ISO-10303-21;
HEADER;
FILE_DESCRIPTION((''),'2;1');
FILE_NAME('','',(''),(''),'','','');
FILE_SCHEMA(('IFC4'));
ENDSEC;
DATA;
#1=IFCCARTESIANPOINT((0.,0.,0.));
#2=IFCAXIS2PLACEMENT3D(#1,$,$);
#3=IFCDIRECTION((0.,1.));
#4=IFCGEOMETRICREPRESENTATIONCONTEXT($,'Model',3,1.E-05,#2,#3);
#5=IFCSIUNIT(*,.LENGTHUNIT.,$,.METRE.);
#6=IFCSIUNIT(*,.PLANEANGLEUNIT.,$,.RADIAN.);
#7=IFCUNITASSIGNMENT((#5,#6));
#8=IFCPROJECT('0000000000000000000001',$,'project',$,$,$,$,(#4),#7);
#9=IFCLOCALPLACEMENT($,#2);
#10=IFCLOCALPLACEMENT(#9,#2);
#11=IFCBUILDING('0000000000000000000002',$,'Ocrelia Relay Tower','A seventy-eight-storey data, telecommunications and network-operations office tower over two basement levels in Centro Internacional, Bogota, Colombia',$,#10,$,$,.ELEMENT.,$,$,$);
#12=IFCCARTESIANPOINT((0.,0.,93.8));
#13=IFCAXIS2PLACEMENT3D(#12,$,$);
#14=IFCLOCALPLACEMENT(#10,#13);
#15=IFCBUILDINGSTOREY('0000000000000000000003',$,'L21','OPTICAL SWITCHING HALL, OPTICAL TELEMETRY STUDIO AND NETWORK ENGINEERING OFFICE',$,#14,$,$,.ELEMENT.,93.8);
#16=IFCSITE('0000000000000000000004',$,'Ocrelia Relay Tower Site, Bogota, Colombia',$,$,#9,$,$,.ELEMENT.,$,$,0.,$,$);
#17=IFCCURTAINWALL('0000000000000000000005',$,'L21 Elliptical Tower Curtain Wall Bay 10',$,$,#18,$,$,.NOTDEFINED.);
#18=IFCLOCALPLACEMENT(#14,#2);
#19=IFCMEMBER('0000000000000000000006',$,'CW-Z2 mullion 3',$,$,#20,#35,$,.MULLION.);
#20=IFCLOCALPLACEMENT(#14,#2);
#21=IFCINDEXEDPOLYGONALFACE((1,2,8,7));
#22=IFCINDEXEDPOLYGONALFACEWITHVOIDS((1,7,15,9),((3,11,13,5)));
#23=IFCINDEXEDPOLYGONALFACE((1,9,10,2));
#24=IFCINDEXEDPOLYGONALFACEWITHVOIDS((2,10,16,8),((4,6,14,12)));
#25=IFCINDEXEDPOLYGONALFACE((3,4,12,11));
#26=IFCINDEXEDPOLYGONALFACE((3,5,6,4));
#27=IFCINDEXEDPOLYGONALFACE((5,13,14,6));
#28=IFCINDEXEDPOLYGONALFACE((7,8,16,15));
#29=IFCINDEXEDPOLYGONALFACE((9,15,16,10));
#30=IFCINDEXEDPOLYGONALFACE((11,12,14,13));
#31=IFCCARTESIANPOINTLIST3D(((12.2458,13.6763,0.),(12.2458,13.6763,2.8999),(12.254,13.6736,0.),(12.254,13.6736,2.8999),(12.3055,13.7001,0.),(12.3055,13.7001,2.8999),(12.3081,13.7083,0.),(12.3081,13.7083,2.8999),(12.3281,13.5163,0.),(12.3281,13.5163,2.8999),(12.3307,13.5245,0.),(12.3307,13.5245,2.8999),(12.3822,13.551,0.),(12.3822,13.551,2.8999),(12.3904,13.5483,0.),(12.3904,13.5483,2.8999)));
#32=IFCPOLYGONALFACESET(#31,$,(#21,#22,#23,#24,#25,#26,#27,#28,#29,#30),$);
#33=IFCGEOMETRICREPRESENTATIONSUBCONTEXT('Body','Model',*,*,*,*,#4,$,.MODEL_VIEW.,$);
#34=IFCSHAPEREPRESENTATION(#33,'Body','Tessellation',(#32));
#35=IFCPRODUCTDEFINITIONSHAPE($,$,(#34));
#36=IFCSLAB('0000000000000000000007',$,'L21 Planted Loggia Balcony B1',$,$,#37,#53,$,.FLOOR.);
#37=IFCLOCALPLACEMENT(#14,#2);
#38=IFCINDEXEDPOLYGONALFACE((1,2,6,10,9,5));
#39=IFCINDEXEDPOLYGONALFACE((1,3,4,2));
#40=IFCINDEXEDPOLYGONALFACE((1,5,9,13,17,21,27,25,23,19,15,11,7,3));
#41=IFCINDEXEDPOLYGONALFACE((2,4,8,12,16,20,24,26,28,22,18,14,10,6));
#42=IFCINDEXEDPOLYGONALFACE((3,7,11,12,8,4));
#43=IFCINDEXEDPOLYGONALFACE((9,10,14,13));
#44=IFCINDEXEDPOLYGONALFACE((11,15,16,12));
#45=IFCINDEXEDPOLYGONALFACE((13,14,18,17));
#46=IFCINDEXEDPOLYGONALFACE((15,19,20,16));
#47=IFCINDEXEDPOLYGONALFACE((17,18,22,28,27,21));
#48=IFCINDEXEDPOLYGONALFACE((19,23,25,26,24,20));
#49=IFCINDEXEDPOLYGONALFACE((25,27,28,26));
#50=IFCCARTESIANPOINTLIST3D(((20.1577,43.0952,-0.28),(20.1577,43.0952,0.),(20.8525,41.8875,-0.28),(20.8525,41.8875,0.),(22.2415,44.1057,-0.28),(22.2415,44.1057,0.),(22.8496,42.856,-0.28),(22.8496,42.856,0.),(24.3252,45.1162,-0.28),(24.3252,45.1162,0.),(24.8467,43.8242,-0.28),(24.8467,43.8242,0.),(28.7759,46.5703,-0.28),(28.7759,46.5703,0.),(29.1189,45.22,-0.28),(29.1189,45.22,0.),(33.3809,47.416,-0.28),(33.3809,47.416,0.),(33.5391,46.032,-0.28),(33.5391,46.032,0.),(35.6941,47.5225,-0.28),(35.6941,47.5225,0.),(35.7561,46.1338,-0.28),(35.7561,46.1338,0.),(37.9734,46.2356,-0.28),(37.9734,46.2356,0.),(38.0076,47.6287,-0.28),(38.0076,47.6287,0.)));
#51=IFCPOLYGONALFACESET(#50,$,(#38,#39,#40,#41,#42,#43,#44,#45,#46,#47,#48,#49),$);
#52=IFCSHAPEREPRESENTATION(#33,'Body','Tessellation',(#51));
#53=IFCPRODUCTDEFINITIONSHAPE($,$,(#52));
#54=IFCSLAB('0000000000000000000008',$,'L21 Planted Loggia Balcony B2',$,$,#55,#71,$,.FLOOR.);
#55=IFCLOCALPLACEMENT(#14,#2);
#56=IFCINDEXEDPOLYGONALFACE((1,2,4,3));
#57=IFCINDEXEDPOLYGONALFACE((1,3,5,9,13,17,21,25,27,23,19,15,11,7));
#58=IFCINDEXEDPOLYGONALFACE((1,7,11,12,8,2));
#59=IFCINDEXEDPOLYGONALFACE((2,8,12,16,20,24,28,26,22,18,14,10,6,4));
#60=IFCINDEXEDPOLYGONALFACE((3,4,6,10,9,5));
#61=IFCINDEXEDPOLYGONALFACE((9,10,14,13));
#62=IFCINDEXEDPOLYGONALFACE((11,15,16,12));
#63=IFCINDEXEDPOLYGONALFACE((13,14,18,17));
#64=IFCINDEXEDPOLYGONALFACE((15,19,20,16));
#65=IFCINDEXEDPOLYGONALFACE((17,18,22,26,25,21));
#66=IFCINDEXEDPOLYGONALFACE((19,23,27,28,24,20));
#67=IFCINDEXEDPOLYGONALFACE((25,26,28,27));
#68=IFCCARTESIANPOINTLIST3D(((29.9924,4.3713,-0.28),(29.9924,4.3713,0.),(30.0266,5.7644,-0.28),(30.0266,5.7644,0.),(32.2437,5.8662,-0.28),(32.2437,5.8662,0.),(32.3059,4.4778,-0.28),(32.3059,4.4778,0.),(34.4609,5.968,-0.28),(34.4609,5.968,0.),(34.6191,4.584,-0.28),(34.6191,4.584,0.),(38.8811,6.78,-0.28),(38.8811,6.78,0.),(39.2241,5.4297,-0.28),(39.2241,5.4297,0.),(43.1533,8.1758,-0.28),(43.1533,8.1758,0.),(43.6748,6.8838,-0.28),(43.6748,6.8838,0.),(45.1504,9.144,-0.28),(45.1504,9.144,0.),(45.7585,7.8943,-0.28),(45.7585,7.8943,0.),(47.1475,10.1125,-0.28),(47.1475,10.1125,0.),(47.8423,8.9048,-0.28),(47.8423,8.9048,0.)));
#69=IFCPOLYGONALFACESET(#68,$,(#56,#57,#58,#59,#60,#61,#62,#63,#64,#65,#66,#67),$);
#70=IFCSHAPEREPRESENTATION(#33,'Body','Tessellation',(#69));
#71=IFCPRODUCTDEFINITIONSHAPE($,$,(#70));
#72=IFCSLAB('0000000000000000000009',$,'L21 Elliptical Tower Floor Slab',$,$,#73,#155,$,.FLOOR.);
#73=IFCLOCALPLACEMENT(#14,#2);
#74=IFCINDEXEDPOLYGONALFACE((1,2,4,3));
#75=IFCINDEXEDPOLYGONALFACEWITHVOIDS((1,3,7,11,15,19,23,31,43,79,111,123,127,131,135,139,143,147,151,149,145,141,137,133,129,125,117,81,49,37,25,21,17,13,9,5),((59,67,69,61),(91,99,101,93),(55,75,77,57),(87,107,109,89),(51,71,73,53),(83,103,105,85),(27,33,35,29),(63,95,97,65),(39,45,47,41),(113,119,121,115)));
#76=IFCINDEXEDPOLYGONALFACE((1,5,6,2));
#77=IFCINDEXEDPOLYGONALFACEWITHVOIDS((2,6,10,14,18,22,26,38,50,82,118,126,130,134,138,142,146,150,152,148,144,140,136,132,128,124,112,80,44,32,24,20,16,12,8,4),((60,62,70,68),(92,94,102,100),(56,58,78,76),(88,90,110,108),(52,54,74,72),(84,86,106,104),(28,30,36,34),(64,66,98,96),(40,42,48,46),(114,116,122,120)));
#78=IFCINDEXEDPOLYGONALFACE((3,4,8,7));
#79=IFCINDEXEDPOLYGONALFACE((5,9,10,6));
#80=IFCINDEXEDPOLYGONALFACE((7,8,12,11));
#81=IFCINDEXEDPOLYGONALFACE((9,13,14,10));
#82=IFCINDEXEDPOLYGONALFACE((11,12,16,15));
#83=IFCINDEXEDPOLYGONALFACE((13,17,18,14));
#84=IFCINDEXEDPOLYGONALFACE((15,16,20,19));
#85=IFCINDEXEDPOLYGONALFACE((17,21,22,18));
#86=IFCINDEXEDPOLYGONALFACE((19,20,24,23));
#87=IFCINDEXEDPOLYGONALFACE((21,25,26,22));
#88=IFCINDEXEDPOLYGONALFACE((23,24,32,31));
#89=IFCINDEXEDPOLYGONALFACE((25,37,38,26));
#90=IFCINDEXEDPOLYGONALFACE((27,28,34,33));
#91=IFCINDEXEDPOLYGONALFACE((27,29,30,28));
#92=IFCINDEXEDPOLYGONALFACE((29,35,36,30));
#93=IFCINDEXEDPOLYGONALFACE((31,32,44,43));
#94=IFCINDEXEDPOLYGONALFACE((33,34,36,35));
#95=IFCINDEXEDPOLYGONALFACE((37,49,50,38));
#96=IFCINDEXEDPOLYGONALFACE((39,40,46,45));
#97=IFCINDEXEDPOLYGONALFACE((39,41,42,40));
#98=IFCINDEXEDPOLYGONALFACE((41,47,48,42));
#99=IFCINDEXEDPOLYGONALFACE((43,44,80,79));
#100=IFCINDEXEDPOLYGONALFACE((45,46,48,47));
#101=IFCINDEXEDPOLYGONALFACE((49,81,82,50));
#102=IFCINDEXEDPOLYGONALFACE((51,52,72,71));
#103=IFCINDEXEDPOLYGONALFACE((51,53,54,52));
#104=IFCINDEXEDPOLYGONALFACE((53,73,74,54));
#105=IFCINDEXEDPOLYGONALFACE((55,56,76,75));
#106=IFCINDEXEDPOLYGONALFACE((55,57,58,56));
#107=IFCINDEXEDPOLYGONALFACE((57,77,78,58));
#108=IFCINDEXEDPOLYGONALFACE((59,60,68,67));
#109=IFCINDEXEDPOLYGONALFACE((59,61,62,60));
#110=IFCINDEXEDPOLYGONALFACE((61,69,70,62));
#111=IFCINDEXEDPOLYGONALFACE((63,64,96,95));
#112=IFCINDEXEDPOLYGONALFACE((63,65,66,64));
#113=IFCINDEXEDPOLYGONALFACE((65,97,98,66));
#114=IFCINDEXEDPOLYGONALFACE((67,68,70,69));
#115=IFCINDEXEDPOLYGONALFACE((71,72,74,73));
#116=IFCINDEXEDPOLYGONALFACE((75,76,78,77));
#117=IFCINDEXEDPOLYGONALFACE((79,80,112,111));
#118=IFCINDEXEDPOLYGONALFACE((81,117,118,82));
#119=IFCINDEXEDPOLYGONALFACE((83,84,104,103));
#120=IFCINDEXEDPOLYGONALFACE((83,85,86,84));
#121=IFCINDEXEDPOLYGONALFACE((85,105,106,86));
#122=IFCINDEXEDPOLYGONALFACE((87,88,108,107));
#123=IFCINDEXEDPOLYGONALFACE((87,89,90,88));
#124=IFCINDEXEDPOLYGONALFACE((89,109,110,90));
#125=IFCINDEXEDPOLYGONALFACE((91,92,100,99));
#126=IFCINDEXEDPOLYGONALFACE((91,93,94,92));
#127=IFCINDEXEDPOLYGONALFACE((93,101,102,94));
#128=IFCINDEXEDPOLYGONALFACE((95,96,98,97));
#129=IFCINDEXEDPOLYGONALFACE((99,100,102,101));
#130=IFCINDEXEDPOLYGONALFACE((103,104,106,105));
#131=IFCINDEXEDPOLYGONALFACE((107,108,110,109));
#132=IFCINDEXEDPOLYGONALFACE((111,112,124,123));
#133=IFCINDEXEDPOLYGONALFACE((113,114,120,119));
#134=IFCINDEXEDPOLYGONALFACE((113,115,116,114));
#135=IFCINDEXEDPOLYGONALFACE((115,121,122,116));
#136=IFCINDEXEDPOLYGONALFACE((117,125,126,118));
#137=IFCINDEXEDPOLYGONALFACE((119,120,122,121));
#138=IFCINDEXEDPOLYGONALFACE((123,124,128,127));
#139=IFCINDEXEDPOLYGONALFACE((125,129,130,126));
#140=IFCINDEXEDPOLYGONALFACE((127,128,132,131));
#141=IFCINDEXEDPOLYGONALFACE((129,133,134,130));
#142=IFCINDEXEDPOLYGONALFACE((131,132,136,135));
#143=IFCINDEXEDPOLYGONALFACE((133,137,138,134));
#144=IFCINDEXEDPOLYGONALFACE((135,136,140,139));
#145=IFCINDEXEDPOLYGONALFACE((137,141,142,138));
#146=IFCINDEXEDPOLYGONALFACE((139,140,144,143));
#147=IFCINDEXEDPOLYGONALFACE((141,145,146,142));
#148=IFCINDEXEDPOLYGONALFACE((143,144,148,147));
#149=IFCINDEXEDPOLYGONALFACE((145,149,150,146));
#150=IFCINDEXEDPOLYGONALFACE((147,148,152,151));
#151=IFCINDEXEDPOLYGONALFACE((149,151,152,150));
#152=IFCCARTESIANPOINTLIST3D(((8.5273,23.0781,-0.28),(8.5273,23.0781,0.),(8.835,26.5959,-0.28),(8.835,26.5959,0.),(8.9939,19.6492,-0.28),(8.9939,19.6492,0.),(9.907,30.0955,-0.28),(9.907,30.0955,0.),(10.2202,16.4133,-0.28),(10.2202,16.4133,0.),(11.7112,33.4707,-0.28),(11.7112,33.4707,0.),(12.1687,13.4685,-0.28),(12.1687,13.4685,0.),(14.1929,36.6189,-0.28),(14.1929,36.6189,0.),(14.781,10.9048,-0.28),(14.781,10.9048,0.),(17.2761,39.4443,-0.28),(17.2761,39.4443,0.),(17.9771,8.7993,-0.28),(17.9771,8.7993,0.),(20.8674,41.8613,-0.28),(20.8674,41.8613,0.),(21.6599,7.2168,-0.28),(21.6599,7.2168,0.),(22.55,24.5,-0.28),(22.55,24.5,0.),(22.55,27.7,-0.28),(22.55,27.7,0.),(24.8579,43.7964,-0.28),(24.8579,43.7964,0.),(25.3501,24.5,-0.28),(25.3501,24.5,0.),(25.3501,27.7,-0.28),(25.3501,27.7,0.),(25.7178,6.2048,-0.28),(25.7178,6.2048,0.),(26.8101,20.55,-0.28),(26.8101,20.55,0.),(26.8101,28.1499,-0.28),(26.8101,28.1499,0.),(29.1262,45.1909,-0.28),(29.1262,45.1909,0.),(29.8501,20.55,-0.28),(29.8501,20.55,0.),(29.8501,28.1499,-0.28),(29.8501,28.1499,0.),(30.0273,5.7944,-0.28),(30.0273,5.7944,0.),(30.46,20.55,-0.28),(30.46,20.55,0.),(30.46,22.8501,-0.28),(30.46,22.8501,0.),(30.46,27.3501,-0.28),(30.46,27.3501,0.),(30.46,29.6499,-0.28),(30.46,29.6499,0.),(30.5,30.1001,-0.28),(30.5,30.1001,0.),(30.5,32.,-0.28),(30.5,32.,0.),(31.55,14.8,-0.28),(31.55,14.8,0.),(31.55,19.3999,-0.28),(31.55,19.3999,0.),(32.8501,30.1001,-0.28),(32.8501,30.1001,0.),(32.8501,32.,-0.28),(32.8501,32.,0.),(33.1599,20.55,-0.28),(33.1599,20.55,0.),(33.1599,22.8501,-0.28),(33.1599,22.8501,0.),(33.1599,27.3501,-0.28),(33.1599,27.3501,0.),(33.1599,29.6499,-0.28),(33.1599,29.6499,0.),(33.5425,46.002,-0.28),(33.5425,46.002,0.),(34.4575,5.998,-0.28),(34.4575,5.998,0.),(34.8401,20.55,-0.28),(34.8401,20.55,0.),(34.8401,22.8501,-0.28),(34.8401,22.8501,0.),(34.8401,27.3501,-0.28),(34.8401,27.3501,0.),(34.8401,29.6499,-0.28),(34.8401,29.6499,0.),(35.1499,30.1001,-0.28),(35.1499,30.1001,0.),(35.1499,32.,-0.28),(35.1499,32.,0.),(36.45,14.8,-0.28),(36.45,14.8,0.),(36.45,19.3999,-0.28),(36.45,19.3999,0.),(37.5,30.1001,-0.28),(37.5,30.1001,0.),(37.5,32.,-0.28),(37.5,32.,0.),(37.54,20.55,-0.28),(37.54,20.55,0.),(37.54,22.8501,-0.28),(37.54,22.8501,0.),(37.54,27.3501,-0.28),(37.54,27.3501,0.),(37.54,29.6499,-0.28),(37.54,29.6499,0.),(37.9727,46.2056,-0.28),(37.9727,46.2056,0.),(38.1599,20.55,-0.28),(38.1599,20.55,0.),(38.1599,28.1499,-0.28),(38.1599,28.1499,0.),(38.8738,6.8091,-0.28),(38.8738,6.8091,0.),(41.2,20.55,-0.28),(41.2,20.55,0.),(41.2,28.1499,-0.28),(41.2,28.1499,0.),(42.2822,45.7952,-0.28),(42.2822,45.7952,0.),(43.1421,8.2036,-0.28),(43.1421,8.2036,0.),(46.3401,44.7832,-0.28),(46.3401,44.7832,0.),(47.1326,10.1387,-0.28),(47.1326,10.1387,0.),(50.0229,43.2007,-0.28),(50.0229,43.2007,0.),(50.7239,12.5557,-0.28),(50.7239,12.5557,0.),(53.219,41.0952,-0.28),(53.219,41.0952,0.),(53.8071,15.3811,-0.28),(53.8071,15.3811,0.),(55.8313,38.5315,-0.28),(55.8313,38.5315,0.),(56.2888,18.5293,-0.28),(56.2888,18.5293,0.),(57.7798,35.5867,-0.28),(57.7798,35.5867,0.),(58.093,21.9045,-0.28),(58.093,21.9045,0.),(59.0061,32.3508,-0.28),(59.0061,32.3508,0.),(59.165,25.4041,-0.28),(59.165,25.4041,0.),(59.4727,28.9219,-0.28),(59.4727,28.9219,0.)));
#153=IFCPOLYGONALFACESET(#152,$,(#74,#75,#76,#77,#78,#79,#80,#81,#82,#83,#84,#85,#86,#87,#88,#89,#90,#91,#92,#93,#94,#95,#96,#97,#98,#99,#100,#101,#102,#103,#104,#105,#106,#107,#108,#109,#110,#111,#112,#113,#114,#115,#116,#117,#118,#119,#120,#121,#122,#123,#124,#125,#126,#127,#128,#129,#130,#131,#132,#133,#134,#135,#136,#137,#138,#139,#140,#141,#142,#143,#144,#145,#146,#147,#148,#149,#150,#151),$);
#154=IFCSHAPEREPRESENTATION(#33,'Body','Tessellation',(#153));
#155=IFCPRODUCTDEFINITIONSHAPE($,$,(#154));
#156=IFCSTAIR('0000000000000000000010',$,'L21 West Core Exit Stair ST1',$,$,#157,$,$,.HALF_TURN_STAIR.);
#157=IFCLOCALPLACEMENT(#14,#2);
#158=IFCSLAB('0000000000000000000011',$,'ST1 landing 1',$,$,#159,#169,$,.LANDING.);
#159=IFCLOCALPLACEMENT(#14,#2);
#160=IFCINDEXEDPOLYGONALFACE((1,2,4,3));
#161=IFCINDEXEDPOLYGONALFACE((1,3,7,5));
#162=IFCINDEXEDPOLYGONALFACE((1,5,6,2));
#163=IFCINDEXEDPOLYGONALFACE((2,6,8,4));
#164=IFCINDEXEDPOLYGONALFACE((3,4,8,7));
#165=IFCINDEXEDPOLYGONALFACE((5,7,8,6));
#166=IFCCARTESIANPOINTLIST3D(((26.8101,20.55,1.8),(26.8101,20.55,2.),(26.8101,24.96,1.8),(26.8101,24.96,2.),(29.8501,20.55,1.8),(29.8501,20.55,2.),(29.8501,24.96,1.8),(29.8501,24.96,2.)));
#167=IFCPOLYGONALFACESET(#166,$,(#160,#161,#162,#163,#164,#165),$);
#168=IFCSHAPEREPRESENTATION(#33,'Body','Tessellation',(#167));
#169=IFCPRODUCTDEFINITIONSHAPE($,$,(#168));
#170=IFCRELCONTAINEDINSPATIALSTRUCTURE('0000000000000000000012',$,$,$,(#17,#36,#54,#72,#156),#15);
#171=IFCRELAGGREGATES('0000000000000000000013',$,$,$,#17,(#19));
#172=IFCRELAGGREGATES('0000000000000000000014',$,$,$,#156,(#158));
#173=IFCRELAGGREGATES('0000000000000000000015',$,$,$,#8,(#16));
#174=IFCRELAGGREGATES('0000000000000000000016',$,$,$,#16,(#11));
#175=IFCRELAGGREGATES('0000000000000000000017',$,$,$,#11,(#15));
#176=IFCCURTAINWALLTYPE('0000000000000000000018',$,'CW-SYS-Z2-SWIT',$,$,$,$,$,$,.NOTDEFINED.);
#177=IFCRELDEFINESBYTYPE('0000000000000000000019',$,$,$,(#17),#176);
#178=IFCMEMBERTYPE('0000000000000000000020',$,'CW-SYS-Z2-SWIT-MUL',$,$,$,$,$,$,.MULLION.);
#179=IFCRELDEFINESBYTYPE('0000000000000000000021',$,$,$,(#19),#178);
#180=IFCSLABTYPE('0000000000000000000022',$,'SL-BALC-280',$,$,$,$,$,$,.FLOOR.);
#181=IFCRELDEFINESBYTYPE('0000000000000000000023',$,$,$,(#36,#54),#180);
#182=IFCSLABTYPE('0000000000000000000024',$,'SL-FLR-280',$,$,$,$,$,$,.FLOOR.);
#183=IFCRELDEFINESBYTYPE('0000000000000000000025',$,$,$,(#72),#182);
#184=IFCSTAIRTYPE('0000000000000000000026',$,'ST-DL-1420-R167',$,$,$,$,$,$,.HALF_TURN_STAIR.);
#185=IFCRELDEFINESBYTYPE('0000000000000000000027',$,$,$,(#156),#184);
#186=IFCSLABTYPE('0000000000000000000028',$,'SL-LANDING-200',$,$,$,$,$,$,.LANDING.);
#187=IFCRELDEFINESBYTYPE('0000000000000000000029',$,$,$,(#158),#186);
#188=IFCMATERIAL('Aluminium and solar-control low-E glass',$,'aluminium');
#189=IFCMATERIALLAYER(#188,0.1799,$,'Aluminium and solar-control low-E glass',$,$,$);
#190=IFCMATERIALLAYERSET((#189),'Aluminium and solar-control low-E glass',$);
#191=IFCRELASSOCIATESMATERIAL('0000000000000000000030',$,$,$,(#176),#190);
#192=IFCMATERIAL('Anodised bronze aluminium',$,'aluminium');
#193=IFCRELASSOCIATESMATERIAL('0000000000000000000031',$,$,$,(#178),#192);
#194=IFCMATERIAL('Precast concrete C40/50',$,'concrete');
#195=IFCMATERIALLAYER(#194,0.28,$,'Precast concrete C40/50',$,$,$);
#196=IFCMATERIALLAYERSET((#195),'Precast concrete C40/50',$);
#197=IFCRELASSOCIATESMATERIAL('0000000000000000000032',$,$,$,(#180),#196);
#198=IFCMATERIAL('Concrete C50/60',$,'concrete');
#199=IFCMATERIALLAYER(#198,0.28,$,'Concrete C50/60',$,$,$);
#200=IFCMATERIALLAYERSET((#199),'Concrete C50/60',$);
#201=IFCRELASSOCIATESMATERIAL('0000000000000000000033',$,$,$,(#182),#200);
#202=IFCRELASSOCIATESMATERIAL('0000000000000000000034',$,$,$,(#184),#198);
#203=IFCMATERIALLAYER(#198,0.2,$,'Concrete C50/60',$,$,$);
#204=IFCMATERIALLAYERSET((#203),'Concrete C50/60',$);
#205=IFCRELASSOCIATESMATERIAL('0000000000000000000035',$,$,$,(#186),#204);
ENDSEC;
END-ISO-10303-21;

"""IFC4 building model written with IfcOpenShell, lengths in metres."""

from ifc_helpers import new_model, si_unit, direction, frame, origin, origin_2d, place, context, subcontext, project, spatial, polyline, hollow_rectangle, outline, extrude, material, layer, layer_set, material_profile, profile_set, type_object, element, aggregate, save


model = new_model("IFC4")

# Units and contexts
model_context = context("Model", 3, precision=1e-05, world=origin(), true_north=direction((0.0, 1.0)))
body_context = subcontext(model_context, "Body", "Model", "MODEL_VIEW")
ifc_project = project(units=[si_unit("LENGTHUNIT", "METRE"), si_unit("PLANEANGLEUNIT", "RADIAN")], contexts=[model_context])

# Site, building, storey
site_placement = place(None, origin())
site = spatial("IfcSite", under=ifc_project, at=site_placement, Name="Ocrelia Relay Tower Site, Bogota, Colombia", CompositionType="ELEMENT", RefElevation=0.0)
building_placement = place(site_placement, origin())
building = spatial("IfcBuilding", under=site, at=building_placement, Name="Ocrelia Relay Tower", Description="A seventy-eight-storey data, telecommunications and network-operations office tower over two basement levels in Centro Internacional, Bogota, Colombia", CompositionType="ELEMENT")
storey_placement = place(building_placement, frame((0.0, 0.0, 93.8)))
storey = spatial("IfcBuildingStorey", under=building, at=storey_placement, Name="L21", Description="OPTICAL SWITCHING HALL, OPTICAL TELEMETRY STUDIO AND NETWORK ENGINEERING OFFICE", CompositionType="ELEMENT", Elevation=93.8)

# Curtain wall, member
ifc_material_1 = material(Name="Aluminium and solar-control low-E glass", Category="aluminium")
ifc_layer_1 = layer(ifc_material_1, 0.1799, Name="Aluminium and solar-control low-E glass")
ifc_layer_set_1 = layer_set([ifc_layer_1], Name="Aluminium and solar-control low-E glass")
curtain_wall_type = type_object("IfcCurtainWallType", Name="CW-SYS-Z2-SWIT", PredefinedType="NOTDEFINED", material=ifc_layer_set_1)
curtain_wall_placement = place(storey_placement, origin())
curtain_wall = element("IfcCurtainWall", 1, at=curtain_wall_placement, inside=storey, type_object=curtain_wall_type, Name="L21 Elliptical Tower Curtain Wall Bay 10", PredefinedType="NOTDEFINED")
ifc_material_2 = material(Name="Anodised bronze aluminium", Category="aluminium")
ifc_material_profile = material_profile(ifc_material_2, hollow_rectangle(XDim=0.0701, YDim=0.1799, WallThickness=0.0061, at=origin_2d()), Name="CW-MUL-180x70")
ifc_profile_set = profile_set([ifc_material_profile], Name="Anodised bronze aluminium")
member_type = type_object("IfcMemberType", Name="CW-SYS-Z2-SWIT-MUL", PredefinedType="MULLION", material=ifc_profile_set)
member_placement = place(storey_placement, frame((12.3181, 13.6123, 0.0), z_axis=(0.0, 0.0, 1.0), x_axis=(0.889261, 0.457401, 0.0)))
member = element("IfcMember", 2, at=member_placement, type_object=member_type, Name="CW-Z2 mullion 3", PredefinedType="MULLION", context=body_context, shape_type="SweptSolid", body=[
    extrude(hollow_rectangle(XDim=0.0701, YDim=0.1799, WallThickness=0.0061, at=origin_2d()), origin(), (0.0, 0.0, 1.0), 2.8999),
])
aggregate(curtain_wall, [member])

# Slabs
ifc_material_3 = material(Name="Precast concrete C40/50", Category="concrete")
ifc_layer_2 = layer(ifc_material_3, 0.28, Name="Precast concrete C40/50")
ifc_layer_set_2 = layer_set([ifc_layer_2], Name="Precast concrete C40/50")
slab_type_1 = type_object("IfcSlabType", Name="SL-BALC-280", PredefinedType="FLOOR", material=ifc_layer_set_2)
slab_1_placement = place(storey_placement, frame((0.0, 0.0, -0.28)))
element("IfcSlab", 3, at=slab_1_placement, inside=storey, type_object=slab_type_1, Name="L21 Planted Loggia Balcony B1", PredefinedType="FLOOR", context=body_context, shape_type="SweptSolid", body=[
    extrude(outline(polyline([(37.9734, 46.2356), (35.7561, 46.1338), (33.5391, 46.032), (29.1189, 45.22), (24.8467, 43.8242), (22.8496, 42.856), (20.8525, 41.8875), (20.1577, 43.0952), (22.2415, 44.1057), (24.3252, 45.1162), (28.7759, 46.5703), (33.3809, 47.416), (35.6941, 47.5225), (38.0076, 47.6287), (37.9734, 46.2356)])), origin(), (0.0, 0.0, 1.0), 0.28),
])
slab_2_placement = place(storey_placement, frame((0.0, 0.0, -0.28)))
element("IfcSlab", 4, at=slab_2_placement, inside=storey, type_object=slab_type_1, Name="L21 Planted Loggia Balcony B2", PredefinedType="FLOOR", context=body_context, shape_type="SweptSolid", body=[
    extrude(outline(polyline([(30.0266, 5.7644), (32.2437, 5.8662), (34.4609, 5.968), (38.8811, 6.78), (43.1533, 8.1758), (45.1504, 9.144), (47.1475, 10.1125), (47.8423, 8.9048), (45.7585, 7.8943), (43.6748, 6.8838), (39.2241, 5.4297), (34.6191, 4.584), (32.3059, 4.4778), (29.9924, 4.3713), (30.0266, 5.7644)])), origin(), (0.0, 0.0, 1.0), 0.28),
])
ifc_material_4 = material(Name="Concrete C50/60", Category="concrete")
ifc_layer_3 = layer(ifc_material_4, 0.28, Name="Concrete C50/60")
ifc_layer_set_3 = layer_set([ifc_layer_3], Name="Concrete C50/60")
slab_type_2 = type_object("IfcSlabType", Name="SL-FLR-280", PredefinedType="FLOOR", material=ifc_layer_set_3)
slab_3_placement = place(storey_placement, frame((0.0, 0.0, -0.28)))
element("IfcSlab", 5, at=slab_3_placement, inside=storey, type_object=slab_type_2, Name="L21 Elliptical Tower Floor Slab", PredefinedType="FLOOR", context=body_context, shape_type="SweptSolid", body=[
    extrude(outline(polyline([(59.0061, 32.3508), (57.7798, 35.5867), (55.8313, 38.5315), (53.219, 41.0952), (50.0229, 43.2007), (46.3401, 44.7832), (42.2822, 45.7952), (37.9727, 46.2056), (33.5425, 46.002), (29.1262, 45.1909), (24.8579, 43.7964), (20.8674, 41.8613), (17.2761, 39.4443), (14.1929, 36.6189), (11.7112, 33.4707), (9.907, 30.0955), (8.835, 26.5959), (8.5273, 23.0781), (8.9939, 19.6492), (10.2202, 16.4133), (12.1687, 13.4685), (14.781, 10.9048), (17.9771, 8.7993), (21.6599, 7.2168), (25.7178, 6.2048), (30.0273, 5.7944), (34.4575, 5.998), (38.8738, 6.8091), (43.1421, 8.2036), (47.1326, 10.1387), (50.7239, 12.5557), (53.8071, 15.3811), (56.2888, 18.5293), (58.093, 21.9045), (59.165, 25.4041), (59.4727, 28.9219), (59.0061, 32.3508)]), holes=[polyline([(26.8101, 28.1499), (26.8101, 20.55), (29.8501, 20.55), (29.8501, 28.1499), (26.8101, 28.1499)]), polyline([(38.1599, 28.1499), (38.1599, 20.55), (41.2, 20.55), (41.2, 28.1499), (38.1599, 28.1499)]), polyline([(30.46, 20.55), (33.1599, 20.55), (33.1599, 22.8501), (30.46, 22.8501), (30.46, 20.55)]), polyline([(34.8401, 20.55), (37.54, 20.55), (37.54, 22.8501), (34.8401, 22.8501), (34.8401, 20.55)]), polyline([(30.46, 27.3501), (33.1599, 27.3501), (33.1599, 29.6499), (30.46, 29.6499), (30.46, 27.3501)]), polyline([(34.8401, 27.3501), (37.54, 27.3501), (37.54, 29.6499), (34.8401, 29.6499), (34.8401, 27.3501)]), polyline([(30.5, 30.1001), (32.8501, 30.1001), (32.8501, 32.0), (30.5, 32.0), (30.5, 30.1001)]), polyline([(35.1499, 30.1001), (37.5, 30.1001), (37.5, 32.0), (35.1499, 32.0), (35.1499, 30.1001)]), polyline([(22.55, 24.5), (25.3501, 24.5), (25.3501, 27.7), (22.55, 27.7), (22.55, 24.5)]), polyline([(31.55, 14.8), (36.45, 14.8), (36.45, 19.3999), (31.55, 19.3999), (31.55, 14.8)])]), origin(), (0.0, 0.0, 1.0), 0.28),
])

# Stair, slab
stair_type = type_object("IfcStairType", Name="ST-DL-1420-R167", PredefinedType="HALF_TURN_STAIR", material=ifc_material_4)
stair_1_placement = place(storey_placement, origin())
stair_1 = element("IfcStair", 6, at=stair_1_placement, inside=storey, type_object=stair_type, Name="L21 West Core Exit Stair ST1", PredefinedType="HALF_TURN_STAIR")
ifc_layer_4 = layer(ifc_material_4, 0.2, Name="Concrete C50/60")
ifc_layer_set_4 = layer_set([ifc_layer_4], Name="Concrete C50/60")
slab_type_3 = type_object("IfcSlabType", Name="SL-LANDING-200", PredefinedType="LANDING", material=ifc_layer_set_4)
slab_4_placement = place(storey_placement, frame((0.0, 0.0, 1.8)))
slab_4 = element("IfcSlab", 7, at=slab_4_placement, type_object=slab_type_3, Name="ST1 landing 1", PredefinedType="LANDING", context=body_context, shape_type="SweptSolid", body=[
    extrude(outline(polyline([(26.8101, 24.96), (26.8101, 20.55), (29.8501, 20.55), (29.8501, 24.96), (26.8101, 24.96)])), origin(), (0.0, 0.0, 1.0), 0.2),
])
aggregate(stair_1, [slab_4])

save(model, "model.ifc")
